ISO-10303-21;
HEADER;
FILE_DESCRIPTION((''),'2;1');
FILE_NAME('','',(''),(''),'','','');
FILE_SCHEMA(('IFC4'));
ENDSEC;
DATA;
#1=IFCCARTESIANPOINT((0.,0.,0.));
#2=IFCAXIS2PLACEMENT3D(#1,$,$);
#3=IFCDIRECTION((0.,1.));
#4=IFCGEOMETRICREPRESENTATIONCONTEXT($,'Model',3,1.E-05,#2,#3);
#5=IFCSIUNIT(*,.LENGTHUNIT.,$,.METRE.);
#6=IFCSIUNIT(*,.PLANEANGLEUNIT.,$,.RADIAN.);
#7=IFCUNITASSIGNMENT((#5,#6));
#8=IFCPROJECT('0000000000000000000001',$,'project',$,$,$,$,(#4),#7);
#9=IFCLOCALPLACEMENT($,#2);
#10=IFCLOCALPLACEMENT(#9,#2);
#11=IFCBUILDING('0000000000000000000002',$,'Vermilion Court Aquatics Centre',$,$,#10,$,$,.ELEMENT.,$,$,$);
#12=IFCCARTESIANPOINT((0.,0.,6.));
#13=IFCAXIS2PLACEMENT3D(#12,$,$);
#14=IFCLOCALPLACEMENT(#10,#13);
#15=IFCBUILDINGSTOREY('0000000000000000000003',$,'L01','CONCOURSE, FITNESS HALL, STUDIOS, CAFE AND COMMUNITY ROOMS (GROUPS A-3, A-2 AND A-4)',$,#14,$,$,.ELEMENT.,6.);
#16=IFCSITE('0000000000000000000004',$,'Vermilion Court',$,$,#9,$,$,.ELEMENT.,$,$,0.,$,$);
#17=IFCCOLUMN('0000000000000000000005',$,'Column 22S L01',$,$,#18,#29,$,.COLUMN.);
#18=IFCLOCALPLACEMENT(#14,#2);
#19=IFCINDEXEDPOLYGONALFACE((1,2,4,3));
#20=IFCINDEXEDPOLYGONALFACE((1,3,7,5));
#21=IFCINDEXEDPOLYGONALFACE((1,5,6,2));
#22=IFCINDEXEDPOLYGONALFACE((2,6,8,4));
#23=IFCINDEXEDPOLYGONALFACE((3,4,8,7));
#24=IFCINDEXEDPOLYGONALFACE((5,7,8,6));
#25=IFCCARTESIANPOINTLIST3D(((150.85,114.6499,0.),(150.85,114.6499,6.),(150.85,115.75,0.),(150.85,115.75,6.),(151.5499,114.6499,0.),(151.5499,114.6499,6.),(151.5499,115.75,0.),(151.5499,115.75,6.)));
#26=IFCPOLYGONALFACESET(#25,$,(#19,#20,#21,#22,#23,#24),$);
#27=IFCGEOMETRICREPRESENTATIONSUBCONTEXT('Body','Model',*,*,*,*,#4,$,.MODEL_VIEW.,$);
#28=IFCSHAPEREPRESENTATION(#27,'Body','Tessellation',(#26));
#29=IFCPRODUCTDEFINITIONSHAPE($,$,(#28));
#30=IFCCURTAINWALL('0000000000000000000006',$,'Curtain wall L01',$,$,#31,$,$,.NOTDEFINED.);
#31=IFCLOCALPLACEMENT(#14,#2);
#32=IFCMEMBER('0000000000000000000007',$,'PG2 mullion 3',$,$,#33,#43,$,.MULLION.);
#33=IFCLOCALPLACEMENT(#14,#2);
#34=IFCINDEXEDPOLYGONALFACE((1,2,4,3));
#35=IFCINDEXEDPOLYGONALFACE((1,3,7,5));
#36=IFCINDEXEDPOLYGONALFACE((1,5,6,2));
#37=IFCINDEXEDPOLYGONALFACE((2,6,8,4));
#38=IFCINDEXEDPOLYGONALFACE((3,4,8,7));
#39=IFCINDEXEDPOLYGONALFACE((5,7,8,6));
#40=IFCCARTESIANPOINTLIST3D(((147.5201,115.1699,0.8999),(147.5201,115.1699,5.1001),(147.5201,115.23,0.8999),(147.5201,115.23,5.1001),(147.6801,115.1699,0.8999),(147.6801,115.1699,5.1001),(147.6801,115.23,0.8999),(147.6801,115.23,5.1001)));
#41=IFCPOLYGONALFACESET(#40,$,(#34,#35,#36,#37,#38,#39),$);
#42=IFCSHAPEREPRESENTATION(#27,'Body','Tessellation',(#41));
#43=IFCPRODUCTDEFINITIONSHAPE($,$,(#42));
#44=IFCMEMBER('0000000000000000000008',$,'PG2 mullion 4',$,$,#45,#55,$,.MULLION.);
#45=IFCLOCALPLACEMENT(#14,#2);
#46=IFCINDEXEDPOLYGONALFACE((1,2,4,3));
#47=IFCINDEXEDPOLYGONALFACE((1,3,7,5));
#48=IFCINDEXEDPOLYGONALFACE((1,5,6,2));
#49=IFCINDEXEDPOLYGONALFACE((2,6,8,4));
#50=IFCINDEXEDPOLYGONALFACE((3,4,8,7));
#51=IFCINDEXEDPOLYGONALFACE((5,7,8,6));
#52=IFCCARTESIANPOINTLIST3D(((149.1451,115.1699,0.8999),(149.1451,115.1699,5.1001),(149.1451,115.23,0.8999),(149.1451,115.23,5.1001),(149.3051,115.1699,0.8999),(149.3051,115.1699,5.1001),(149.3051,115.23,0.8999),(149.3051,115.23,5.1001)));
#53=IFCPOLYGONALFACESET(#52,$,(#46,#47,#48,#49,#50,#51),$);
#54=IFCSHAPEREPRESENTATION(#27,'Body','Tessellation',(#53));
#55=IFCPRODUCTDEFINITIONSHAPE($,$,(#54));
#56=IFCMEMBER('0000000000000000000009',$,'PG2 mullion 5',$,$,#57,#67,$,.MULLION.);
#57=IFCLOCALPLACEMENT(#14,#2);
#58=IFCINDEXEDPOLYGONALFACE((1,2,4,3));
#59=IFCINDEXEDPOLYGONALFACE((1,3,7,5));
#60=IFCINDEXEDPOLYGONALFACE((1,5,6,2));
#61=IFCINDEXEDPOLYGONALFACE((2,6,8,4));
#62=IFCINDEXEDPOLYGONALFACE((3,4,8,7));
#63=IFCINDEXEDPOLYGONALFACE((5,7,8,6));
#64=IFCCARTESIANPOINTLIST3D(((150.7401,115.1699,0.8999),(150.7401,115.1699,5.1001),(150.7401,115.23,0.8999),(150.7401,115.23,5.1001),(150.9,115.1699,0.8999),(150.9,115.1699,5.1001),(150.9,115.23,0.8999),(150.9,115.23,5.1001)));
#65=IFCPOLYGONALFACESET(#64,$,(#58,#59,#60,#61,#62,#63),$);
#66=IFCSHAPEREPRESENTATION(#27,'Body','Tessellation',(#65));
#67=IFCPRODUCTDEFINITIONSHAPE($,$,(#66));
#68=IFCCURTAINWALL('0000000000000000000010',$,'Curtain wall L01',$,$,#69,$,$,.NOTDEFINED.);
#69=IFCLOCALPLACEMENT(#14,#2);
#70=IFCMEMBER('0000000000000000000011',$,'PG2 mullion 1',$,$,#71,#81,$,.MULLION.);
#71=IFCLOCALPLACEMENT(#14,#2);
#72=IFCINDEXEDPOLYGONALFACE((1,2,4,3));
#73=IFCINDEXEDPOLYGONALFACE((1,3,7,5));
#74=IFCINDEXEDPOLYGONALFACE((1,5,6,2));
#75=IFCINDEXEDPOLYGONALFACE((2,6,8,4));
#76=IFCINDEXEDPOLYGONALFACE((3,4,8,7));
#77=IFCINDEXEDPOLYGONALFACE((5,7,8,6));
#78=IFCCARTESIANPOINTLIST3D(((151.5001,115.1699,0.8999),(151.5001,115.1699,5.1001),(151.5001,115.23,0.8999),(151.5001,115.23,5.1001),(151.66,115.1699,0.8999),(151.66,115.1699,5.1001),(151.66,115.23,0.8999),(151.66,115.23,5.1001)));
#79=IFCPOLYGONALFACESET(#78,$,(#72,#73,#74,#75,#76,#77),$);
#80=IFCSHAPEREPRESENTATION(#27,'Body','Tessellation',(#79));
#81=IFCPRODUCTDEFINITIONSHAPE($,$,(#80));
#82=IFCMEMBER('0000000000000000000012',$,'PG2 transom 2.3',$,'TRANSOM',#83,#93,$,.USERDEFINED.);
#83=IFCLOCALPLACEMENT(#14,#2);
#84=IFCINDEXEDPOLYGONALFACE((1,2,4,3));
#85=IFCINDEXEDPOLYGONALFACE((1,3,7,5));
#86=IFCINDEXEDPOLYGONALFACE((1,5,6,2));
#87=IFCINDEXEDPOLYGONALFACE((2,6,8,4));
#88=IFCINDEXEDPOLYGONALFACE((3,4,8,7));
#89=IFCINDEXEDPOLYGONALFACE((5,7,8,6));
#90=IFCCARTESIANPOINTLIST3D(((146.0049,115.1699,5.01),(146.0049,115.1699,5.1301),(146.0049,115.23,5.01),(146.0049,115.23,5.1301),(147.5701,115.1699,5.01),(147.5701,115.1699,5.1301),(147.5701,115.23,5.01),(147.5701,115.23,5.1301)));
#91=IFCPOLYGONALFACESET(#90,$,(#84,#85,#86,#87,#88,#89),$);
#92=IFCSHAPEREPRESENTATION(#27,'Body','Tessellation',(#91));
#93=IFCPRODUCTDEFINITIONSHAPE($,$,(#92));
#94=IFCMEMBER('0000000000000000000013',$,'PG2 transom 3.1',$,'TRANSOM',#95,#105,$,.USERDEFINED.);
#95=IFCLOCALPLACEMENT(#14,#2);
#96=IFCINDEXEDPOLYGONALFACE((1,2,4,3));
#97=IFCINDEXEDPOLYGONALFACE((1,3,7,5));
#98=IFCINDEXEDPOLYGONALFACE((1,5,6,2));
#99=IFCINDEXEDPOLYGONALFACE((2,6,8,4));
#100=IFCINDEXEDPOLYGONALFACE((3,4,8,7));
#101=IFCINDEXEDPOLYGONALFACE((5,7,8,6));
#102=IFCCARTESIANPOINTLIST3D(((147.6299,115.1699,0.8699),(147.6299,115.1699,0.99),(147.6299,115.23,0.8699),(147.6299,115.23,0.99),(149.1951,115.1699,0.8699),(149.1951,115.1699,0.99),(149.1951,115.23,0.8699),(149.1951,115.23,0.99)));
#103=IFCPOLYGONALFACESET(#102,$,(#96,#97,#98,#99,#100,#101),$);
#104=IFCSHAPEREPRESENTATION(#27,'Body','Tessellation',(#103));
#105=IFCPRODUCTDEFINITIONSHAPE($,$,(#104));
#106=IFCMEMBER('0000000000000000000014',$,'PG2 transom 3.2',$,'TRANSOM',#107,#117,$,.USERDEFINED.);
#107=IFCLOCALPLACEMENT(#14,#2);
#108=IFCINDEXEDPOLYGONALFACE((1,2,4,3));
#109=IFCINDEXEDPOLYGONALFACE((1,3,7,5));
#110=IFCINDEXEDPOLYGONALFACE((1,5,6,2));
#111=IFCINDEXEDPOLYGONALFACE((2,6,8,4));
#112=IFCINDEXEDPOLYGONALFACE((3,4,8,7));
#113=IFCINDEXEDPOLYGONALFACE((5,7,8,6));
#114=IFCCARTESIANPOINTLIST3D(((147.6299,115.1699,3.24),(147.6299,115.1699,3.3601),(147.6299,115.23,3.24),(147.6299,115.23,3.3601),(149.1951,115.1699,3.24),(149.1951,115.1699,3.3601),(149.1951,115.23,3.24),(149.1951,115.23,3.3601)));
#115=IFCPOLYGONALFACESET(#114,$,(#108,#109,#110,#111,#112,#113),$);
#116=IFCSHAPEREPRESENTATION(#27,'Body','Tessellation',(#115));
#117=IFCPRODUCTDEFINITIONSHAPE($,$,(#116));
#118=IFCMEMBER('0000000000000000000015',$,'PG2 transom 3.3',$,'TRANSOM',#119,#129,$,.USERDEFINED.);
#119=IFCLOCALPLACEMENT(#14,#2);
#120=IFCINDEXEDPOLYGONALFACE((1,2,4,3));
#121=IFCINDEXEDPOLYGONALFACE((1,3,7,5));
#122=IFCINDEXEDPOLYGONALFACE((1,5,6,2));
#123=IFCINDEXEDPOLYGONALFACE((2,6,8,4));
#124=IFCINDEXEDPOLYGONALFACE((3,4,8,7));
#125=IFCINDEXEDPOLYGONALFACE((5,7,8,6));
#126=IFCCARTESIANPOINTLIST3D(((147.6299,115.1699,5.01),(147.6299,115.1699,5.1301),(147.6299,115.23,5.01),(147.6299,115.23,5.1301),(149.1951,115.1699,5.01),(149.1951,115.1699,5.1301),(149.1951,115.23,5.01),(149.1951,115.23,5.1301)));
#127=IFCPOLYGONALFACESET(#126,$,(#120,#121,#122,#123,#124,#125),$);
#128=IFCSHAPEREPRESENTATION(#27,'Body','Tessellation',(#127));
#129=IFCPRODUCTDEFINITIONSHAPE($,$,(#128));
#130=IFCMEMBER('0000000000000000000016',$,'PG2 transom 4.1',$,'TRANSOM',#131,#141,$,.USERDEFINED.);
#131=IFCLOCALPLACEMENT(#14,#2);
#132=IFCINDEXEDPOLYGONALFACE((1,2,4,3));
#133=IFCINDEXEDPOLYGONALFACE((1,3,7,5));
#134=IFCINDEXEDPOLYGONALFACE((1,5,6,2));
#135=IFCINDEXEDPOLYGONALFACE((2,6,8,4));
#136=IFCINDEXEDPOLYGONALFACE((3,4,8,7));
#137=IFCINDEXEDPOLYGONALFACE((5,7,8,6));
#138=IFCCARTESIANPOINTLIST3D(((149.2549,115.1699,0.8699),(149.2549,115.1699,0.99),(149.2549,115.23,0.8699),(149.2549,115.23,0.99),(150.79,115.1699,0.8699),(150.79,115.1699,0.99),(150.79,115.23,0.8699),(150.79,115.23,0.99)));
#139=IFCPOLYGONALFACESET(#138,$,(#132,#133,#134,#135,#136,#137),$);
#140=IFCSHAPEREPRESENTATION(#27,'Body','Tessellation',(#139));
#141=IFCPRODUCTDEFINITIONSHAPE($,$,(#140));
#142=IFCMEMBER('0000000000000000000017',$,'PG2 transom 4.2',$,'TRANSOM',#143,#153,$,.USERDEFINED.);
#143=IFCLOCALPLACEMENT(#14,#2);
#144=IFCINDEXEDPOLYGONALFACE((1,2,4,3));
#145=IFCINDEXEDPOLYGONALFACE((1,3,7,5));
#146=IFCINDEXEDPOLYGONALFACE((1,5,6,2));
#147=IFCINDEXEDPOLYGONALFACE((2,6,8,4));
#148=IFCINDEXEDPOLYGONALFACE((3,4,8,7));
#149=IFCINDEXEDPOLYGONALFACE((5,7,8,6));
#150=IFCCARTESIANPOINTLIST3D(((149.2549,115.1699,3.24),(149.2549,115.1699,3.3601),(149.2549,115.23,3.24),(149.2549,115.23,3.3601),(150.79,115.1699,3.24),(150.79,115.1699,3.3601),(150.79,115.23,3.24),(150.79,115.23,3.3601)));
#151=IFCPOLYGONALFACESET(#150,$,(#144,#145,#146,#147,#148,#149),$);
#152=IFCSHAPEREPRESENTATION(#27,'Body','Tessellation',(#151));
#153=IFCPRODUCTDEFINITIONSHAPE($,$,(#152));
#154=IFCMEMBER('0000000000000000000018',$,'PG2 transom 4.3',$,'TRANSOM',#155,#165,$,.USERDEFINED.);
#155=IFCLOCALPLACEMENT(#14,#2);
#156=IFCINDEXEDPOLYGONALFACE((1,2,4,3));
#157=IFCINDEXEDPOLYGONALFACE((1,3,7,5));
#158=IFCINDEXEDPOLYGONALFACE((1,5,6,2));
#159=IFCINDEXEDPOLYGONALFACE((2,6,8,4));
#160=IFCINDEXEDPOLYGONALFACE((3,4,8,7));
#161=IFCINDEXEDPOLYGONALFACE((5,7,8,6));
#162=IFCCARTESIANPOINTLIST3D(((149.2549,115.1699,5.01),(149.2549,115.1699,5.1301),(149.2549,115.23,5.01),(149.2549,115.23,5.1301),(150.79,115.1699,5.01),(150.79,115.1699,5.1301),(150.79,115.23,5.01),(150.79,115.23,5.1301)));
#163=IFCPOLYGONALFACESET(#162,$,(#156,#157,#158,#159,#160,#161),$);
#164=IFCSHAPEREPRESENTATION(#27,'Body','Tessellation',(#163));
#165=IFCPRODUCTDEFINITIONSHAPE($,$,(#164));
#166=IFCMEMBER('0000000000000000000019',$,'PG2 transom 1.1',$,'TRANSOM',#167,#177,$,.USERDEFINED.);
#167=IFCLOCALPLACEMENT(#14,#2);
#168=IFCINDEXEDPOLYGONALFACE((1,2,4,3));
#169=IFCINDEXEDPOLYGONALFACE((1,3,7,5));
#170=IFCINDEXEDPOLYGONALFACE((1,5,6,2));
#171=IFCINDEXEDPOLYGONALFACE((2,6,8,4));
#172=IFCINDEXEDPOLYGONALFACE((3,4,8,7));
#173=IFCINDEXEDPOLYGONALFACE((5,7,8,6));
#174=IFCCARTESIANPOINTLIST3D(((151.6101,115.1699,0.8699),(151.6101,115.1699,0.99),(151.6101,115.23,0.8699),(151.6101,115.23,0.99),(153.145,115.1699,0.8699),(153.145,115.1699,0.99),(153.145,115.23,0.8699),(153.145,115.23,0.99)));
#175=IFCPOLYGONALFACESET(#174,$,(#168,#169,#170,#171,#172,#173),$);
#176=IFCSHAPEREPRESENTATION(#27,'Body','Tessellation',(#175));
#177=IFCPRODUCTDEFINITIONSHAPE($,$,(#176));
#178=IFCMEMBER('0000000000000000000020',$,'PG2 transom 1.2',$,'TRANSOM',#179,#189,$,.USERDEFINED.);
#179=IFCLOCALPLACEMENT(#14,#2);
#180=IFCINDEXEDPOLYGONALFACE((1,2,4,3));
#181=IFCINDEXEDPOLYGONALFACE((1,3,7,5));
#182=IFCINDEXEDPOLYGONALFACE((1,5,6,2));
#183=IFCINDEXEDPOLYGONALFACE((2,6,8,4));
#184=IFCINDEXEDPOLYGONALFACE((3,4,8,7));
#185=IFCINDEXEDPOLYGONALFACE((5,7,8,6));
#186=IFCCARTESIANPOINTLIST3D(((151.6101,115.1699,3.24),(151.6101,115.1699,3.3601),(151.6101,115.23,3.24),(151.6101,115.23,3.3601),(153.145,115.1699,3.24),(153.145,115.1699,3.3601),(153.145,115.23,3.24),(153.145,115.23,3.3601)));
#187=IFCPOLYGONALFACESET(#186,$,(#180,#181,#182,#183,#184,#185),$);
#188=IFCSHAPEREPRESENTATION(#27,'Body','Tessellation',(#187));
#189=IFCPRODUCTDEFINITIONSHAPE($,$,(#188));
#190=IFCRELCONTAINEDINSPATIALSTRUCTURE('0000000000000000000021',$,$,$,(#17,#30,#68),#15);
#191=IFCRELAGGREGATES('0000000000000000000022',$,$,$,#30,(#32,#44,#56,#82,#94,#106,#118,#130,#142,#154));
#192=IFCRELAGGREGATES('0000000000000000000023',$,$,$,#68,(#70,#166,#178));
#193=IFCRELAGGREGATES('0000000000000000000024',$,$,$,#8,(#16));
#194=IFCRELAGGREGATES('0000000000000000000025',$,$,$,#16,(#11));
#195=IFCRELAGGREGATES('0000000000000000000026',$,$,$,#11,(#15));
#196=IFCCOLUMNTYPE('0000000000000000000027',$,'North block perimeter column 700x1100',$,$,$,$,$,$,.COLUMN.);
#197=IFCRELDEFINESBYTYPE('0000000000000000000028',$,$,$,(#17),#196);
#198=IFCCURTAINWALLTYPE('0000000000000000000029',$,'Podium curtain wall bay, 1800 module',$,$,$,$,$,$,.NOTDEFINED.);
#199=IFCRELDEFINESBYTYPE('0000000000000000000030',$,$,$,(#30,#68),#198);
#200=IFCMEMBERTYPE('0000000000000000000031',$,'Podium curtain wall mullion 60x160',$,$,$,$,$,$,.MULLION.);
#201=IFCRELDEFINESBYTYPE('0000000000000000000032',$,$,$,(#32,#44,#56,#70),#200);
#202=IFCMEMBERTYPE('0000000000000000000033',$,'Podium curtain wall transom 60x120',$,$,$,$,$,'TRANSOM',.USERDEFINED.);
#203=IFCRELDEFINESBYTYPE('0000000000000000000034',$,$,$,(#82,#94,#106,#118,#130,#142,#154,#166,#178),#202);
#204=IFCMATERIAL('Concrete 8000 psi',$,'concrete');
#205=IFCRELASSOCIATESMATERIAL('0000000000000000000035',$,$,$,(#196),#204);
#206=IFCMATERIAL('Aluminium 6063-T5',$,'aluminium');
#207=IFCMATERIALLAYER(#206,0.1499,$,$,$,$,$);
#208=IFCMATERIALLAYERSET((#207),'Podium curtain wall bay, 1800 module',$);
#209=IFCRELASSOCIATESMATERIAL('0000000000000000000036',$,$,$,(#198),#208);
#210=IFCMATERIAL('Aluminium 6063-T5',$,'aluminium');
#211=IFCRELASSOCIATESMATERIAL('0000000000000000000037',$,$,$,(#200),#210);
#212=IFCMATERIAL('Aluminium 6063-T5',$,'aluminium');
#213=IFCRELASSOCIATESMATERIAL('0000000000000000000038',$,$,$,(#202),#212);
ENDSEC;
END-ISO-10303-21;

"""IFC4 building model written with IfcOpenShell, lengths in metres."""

from ifc_helpers import new_model, si_unit, direction, frame, origin, origin_2d, place, context, subcontext, project, spatial, rectangle, extrude, material, layer, layer_set, material_profile, profile_set, type_object, element, aggregate, save


model = new_model("IFC4")

# Units and contexts
model_context = context("Model", 3, precision=1e-05, world=origin(), true_north=direction((0.0, 1.0)))
body_context = subcontext(model_context, "Body", "Model", "MODEL_VIEW")
ifc_project = project(units=[si_unit("LENGTHUNIT", "METRE"), si_unit("PLANEANGLEUNIT", "RADIAN")], contexts=[model_context])

# Site, building, storey
site_placement = place(None, origin())
site = spatial("IfcSite", under=ifc_project, at=site_placement, Name="Vermilion Court", CompositionType="ELEMENT", RefElevation=0.0)
building_placement = place(site_placement, origin())
building = spatial("IfcBuilding", under=site, at=building_placement, Name="Vermilion Court Aquatics Centre", CompositionType="ELEMENT")
storey_placement = place(building_placement, frame((0.0, 0.0, 6.0)))
storey = spatial("IfcBuildingStorey", under=building, at=storey_placement, Name="L01", Description="CONCOURSE, FITNESS HALL, STUDIOS, CAFE AND COMMUNITY ROOMS (GROUPS A-3, A-2 AND A-4)", CompositionType="ELEMENT", Elevation=6.0)

# Column
ifc_material_1 = material(Name="Concrete 8000 psi", Category="concrete")
ifc_material_profile_1 = material_profile(ifc_material_1, rectangle(XDim=0.7, YDim=1.1001, at=origin_2d()), Name="RC 700x1100")
ifc_profile_set_1 = profile_set([ifc_material_profile_1], Name="Concrete 8000 psi")
column_type = type_object("IfcColumnType", Name="North block perimeter column 700x1100", PredefinedType="COLUMN", material=ifc_profile_set_1)
column_placement = place(storey_placement, frame((151.2, 115.2, 0.0), z_axis=(0.0, 0.0, 1.0), x_axis=(1.0, 0.0, 0.0)))
element("IfcColumn", 1, at=column_placement, inside=storey, type_object=column_type, Name="Column 22S L01", PredefinedType="COLUMN", context=body_context, shape_type="SweptSolid", body=[
    extrude(rectangle(XDim=0.7, YDim=1.1001, at=origin_2d()), origin(), (0.0, 0.0, 1.0), 6.0),
])

# Curtain wall, members
ifc_material_2 = material(Name="Aluminium 6063-T5", Category="aluminium")
ifc_layer_1 = layer(ifc_material_2, 0.1499)
ifc_layer_set_1 = layer_set([ifc_layer_1], Name="Podium curtain wall bay, 1800 module")
curtain_wall_type = type_object("IfcCurtainWallType", Name="Podium curtain wall bay, 1800 module", PredefinedType="NOTDEFINED", material=ifc_layer_set_1)
curtain_wall_1_placement = place(storey_placement, origin())
curtain_wall_1 = element("IfcCurtainWall", 2, at=curtain_wall_1_placement, inside=storey, type_object=curtain_wall_type, Name="Curtain wall L01", PredefinedType="NOTDEFINED")
ifc_material_3 = material(Name="Aluminium 6063-T5", Category="aluminium")
ifc_material_profile_2 = material_profile(ifc_material_3, rectangle(XDim=0.0601, YDim=0.1599, at=origin_2d()), Name="Mullion 60x160")
ifc_profile_set_2 = profile_set([ifc_material_profile_2], Name="Aluminium 6063-T5")
member_type_1 = type_object("IfcMemberType", Name="Podium curtain wall mullion 60x160", PredefinedType="MULLION", material=ifc_profile_set_2)
member_1_placement = place(storey_placement, frame((147.6001, 115.2, 0.8999), z_axis=(0.0, 0.0, 1.0), x_axis=(0.0, 1.0, 0.0)))
member_1 = element("IfcMember", 3, at=member_1_placement, type_object=member_type_1, Name="PG2 mullion 3", PredefinedType="MULLION", context=body_context, shape_type="SweptSolid", body=[
    extrude(rectangle(XDim=0.0601, YDim=0.1599, at=origin_2d()), origin(), (0.0, 0.0, 1.0), 4.2002),
])
member_2_placement = place(storey_placement, frame((149.2251, 115.2, 0.8999), z_axis=(0.0, 0.0, 1.0), x_axis=(0.0, 1.0, 0.0)))
member_2 = element("IfcMember", 4, at=member_2_placement, type_object=member_type_1, Name="PG2 mullion 4", PredefinedType="MULLION", context=body_context, shape_type="SweptSolid", body=[
    extrude(rectangle(XDim=0.0601, YDim=0.1599, at=origin_2d()), origin(), (0.0, 0.0, 1.0), 4.2002),
])
member_3_placement = place(storey_placement, frame((150.8201, 115.2, 0.8999), z_axis=(0.0, 0.0, 1.0), x_axis=(0.0, 1.0, 0.0)))
member_3 = element("IfcMember", 5, at=member_3_placement, type_object=member_type_1, Name="PG2 mullion 5", PredefinedType="MULLION", context=body_context, shape_type="SweptSolid", body=[
    extrude(rectangle(XDim=0.0601, YDim=0.1599, at=origin_2d()), origin(), (0.0, 0.0, 1.0), 4.2002),
])

# Curtain wall, member
curtain_wall_2_placement = place(storey_placement, origin())
curtain_wall_2 = element("IfcCurtainWall", 6, at=curtain_wall_2_placement, inside=storey, type_object=curtain_wall_type, Name="Curtain wall L01", PredefinedType="NOTDEFINED")
member_4_placement = place(storey_placement, frame((151.5801, 115.2, 0.8999), z_axis=(0.0, 0.0, 1.0), x_axis=(0.0, 1.0, 0.0)))
member_4 = element("IfcMember", 7, at=member_4_placement, type_object=member_type_1, Name="PG2 mullion 1", PredefinedType="MULLION", context=body_context, shape_type="SweptSolid", body=[
    extrude(rectangle(XDim=0.0601, YDim=0.1599, at=origin_2d()), origin(), (0.0, 0.0, 1.0), 4.2002),
])

# Members
ifc_material_4 = material(Name="Aluminium 6063-T5", Category="aluminium")
ifc_material_profile_3 = material_profile(ifc_material_4, rectangle(XDim=0.0601, YDim=0.1201, at=origin_2d()), Name="Transom 60x120")
ifc_profile_set_3 = profile_set([ifc_material_profile_3], Name="Aluminium 6063-T5")
member_type_2 = type_object("IfcMemberType", Name="Podium curtain wall transom 60x120", ElementType="TRANSOM", PredefinedType="USERDEFINED", material=ifc_profile_set_3)
member_5_placement = place(storey_placement, frame((146.0049, 115.2, 5.0701), z_axis=(1.0, 0.0, 0.0), x_axis=(0.0, 1.0, 0.0)))
member_5 = element("IfcMember", 8, at=member_5_placement, type_object=member_type_2, Name="PG2 transom 2.3", ObjectType="TRANSOM", PredefinedType="USERDEFINED", context=body_context, shape_type="SweptSolid", body=[
    extrude(rectangle(XDim=0.0601, YDim=0.1201, at=origin_2d()), origin(), (0.0, 0.0, 1.0), 1.5652),
])
member_6_placement = place(storey_placement, frame((147.6299, 115.2, 0.9299), z_axis=(1.0, 0.0, 0.0), x_axis=(0.0, 1.0, 0.0)))
member_6 = element("IfcMember", 9, at=member_6_placement, type_object=member_type_2, Name="PG2 transom 3.1", ObjectType="TRANSOM", PredefinedType="USERDEFINED", context=body_context, shape_type="SweptSolid", body=[
    extrude(rectangle(XDim=0.0601, YDim=0.1201, at=origin_2d()), origin(), (0.0, 0.0, 1.0), 1.5652),
])
member_7_placement = place(storey_placement, frame((147.6299, 115.2, 3.3), z_axis=(1.0, 0.0, 0.0), x_axis=(0.0, 1.0, 0.0)))
member_7 = element("IfcMember", 10, at=member_7_placement, type_object=member_type_2, Name="PG2 transom 3.2", ObjectType="TRANSOM", PredefinedType="USERDEFINED", context=body_context, shape_type="SweptSolid", body=[
    extrude(rectangle(XDim=0.0601, YDim=0.1201, at=origin_2d()), origin(), (0.0, 0.0, 1.0), 1.5652),
])
member_8_placement = place(storey_placement, frame((147.6299, 115.2, 5.0701), z_axis=(1.0, 0.0, 0.0), x_axis=(0.0, 1.0, 0.0)))
member_8 = element("IfcMember", 11, at=member_8_placement, type_object=member_type_2, Name="PG2 transom 3.3", ObjectType="TRANSOM", PredefinedType="USERDEFINED", context=body_context, shape_type="SweptSolid", body=[
    extrude(rectangle(XDim=0.0601, YDim=0.1201, at=origin_2d()), origin(), (0.0, 0.0, 1.0), 1.5652),
])
member_9_placement = place(storey_placement, frame((149.2549, 115.2, 0.9299), z_axis=(1.0, 0.0, 0.0), x_axis=(0.0, 1.0, 0.0)))
member_9 = element("IfcMember", 12, at=member_9_placement, type_object=member_type_2, Name="PG2 transom 4.1", ObjectType="TRANSOM", PredefinedType="USERDEFINED", context=body_context, shape_type="SweptSolid", body=[
    extrude(rectangle(XDim=0.0601, YDim=0.1201, at=origin_2d()), origin(), (0.0, 0.0, 1.0), 1.5352),
])
member_10_placement = place(storey_placement, frame((149.2549, 115.2, 3.3), z_axis=(1.0, 0.0, 0.0), x_axis=(0.0, 1.0, 0.0)))
member_10 = element("IfcMember", 13, at=member_10_placement, type_object=member_type_2, Name="PG2 transom 4.2", ObjectType="TRANSOM", PredefinedType="USERDEFINED", context=body_context, shape_type="SweptSolid", body=[
    extrude(rectangle(XDim=0.0601, YDim=0.1201, at=origin_2d()), origin(), (0.0, 0.0, 1.0), 1.5352),
])
member_11_placement = place(storey_placement, frame((149.2549, 115.2, 5.0701), z_axis=(1.0, 0.0, 0.0), x_axis=(0.0, 1.0, 0.0)))
member_11 = element("IfcMember", 14, at=member_11_placement, type_object=member_type_2, Name="PG2 transom 4.3", ObjectType="TRANSOM", PredefinedType="USERDEFINED", context=body_context, shape_type="SweptSolid", body=[
    extrude(rectangle(XDim=0.0601, YDim=0.1201, at=origin_2d()), origin(), (0.0, 0.0, 1.0), 1.5352),
])
member_12_placement = place(storey_placement, frame((151.6101, 115.2, 0.9299), z_axis=(1.0, 0.0, 0.0), x_axis=(0.0, 1.0, 0.0)))
member_12 = element("IfcMember", 15, at=member_12_placement, type_object=member_type_2, Name="PG2 transom 1.1", ObjectType="TRANSOM", PredefinedType="USERDEFINED", context=body_context, shape_type="SweptSolid", body=[
    extrude(rectangle(XDim=0.0601, YDim=0.1201, at=origin_2d()), origin(), (0.0, 0.0, 1.0), 1.5349),
])
member_13_placement = place(storey_placement, frame((151.6101, 115.2, 3.3), z_axis=(1.0, 0.0, 0.0), x_axis=(0.0, 1.0, 0.0)))
member_13 = element("IfcMember", 16, at=member_13_placement, type_object=member_type_2, Name="PG2 transom 1.2", ObjectType="TRANSOM", PredefinedType="USERDEFINED", context=body_context, shape_type="SweptSolid", body=[
    extrude(rectangle(XDim=0.0601, YDim=0.1201, at=origin_2d()), origin(), (0.0, 0.0, 1.0), 1.5349),
])

aggregate(curtain_wall_1, [member_1, member_2, member_3, member_5, member_6, member_7, member_8, member_9, member_10, member_11])
aggregate(curtain_wall_2, [member_4, member_12, member_13])

save(model, "model.ifc")
